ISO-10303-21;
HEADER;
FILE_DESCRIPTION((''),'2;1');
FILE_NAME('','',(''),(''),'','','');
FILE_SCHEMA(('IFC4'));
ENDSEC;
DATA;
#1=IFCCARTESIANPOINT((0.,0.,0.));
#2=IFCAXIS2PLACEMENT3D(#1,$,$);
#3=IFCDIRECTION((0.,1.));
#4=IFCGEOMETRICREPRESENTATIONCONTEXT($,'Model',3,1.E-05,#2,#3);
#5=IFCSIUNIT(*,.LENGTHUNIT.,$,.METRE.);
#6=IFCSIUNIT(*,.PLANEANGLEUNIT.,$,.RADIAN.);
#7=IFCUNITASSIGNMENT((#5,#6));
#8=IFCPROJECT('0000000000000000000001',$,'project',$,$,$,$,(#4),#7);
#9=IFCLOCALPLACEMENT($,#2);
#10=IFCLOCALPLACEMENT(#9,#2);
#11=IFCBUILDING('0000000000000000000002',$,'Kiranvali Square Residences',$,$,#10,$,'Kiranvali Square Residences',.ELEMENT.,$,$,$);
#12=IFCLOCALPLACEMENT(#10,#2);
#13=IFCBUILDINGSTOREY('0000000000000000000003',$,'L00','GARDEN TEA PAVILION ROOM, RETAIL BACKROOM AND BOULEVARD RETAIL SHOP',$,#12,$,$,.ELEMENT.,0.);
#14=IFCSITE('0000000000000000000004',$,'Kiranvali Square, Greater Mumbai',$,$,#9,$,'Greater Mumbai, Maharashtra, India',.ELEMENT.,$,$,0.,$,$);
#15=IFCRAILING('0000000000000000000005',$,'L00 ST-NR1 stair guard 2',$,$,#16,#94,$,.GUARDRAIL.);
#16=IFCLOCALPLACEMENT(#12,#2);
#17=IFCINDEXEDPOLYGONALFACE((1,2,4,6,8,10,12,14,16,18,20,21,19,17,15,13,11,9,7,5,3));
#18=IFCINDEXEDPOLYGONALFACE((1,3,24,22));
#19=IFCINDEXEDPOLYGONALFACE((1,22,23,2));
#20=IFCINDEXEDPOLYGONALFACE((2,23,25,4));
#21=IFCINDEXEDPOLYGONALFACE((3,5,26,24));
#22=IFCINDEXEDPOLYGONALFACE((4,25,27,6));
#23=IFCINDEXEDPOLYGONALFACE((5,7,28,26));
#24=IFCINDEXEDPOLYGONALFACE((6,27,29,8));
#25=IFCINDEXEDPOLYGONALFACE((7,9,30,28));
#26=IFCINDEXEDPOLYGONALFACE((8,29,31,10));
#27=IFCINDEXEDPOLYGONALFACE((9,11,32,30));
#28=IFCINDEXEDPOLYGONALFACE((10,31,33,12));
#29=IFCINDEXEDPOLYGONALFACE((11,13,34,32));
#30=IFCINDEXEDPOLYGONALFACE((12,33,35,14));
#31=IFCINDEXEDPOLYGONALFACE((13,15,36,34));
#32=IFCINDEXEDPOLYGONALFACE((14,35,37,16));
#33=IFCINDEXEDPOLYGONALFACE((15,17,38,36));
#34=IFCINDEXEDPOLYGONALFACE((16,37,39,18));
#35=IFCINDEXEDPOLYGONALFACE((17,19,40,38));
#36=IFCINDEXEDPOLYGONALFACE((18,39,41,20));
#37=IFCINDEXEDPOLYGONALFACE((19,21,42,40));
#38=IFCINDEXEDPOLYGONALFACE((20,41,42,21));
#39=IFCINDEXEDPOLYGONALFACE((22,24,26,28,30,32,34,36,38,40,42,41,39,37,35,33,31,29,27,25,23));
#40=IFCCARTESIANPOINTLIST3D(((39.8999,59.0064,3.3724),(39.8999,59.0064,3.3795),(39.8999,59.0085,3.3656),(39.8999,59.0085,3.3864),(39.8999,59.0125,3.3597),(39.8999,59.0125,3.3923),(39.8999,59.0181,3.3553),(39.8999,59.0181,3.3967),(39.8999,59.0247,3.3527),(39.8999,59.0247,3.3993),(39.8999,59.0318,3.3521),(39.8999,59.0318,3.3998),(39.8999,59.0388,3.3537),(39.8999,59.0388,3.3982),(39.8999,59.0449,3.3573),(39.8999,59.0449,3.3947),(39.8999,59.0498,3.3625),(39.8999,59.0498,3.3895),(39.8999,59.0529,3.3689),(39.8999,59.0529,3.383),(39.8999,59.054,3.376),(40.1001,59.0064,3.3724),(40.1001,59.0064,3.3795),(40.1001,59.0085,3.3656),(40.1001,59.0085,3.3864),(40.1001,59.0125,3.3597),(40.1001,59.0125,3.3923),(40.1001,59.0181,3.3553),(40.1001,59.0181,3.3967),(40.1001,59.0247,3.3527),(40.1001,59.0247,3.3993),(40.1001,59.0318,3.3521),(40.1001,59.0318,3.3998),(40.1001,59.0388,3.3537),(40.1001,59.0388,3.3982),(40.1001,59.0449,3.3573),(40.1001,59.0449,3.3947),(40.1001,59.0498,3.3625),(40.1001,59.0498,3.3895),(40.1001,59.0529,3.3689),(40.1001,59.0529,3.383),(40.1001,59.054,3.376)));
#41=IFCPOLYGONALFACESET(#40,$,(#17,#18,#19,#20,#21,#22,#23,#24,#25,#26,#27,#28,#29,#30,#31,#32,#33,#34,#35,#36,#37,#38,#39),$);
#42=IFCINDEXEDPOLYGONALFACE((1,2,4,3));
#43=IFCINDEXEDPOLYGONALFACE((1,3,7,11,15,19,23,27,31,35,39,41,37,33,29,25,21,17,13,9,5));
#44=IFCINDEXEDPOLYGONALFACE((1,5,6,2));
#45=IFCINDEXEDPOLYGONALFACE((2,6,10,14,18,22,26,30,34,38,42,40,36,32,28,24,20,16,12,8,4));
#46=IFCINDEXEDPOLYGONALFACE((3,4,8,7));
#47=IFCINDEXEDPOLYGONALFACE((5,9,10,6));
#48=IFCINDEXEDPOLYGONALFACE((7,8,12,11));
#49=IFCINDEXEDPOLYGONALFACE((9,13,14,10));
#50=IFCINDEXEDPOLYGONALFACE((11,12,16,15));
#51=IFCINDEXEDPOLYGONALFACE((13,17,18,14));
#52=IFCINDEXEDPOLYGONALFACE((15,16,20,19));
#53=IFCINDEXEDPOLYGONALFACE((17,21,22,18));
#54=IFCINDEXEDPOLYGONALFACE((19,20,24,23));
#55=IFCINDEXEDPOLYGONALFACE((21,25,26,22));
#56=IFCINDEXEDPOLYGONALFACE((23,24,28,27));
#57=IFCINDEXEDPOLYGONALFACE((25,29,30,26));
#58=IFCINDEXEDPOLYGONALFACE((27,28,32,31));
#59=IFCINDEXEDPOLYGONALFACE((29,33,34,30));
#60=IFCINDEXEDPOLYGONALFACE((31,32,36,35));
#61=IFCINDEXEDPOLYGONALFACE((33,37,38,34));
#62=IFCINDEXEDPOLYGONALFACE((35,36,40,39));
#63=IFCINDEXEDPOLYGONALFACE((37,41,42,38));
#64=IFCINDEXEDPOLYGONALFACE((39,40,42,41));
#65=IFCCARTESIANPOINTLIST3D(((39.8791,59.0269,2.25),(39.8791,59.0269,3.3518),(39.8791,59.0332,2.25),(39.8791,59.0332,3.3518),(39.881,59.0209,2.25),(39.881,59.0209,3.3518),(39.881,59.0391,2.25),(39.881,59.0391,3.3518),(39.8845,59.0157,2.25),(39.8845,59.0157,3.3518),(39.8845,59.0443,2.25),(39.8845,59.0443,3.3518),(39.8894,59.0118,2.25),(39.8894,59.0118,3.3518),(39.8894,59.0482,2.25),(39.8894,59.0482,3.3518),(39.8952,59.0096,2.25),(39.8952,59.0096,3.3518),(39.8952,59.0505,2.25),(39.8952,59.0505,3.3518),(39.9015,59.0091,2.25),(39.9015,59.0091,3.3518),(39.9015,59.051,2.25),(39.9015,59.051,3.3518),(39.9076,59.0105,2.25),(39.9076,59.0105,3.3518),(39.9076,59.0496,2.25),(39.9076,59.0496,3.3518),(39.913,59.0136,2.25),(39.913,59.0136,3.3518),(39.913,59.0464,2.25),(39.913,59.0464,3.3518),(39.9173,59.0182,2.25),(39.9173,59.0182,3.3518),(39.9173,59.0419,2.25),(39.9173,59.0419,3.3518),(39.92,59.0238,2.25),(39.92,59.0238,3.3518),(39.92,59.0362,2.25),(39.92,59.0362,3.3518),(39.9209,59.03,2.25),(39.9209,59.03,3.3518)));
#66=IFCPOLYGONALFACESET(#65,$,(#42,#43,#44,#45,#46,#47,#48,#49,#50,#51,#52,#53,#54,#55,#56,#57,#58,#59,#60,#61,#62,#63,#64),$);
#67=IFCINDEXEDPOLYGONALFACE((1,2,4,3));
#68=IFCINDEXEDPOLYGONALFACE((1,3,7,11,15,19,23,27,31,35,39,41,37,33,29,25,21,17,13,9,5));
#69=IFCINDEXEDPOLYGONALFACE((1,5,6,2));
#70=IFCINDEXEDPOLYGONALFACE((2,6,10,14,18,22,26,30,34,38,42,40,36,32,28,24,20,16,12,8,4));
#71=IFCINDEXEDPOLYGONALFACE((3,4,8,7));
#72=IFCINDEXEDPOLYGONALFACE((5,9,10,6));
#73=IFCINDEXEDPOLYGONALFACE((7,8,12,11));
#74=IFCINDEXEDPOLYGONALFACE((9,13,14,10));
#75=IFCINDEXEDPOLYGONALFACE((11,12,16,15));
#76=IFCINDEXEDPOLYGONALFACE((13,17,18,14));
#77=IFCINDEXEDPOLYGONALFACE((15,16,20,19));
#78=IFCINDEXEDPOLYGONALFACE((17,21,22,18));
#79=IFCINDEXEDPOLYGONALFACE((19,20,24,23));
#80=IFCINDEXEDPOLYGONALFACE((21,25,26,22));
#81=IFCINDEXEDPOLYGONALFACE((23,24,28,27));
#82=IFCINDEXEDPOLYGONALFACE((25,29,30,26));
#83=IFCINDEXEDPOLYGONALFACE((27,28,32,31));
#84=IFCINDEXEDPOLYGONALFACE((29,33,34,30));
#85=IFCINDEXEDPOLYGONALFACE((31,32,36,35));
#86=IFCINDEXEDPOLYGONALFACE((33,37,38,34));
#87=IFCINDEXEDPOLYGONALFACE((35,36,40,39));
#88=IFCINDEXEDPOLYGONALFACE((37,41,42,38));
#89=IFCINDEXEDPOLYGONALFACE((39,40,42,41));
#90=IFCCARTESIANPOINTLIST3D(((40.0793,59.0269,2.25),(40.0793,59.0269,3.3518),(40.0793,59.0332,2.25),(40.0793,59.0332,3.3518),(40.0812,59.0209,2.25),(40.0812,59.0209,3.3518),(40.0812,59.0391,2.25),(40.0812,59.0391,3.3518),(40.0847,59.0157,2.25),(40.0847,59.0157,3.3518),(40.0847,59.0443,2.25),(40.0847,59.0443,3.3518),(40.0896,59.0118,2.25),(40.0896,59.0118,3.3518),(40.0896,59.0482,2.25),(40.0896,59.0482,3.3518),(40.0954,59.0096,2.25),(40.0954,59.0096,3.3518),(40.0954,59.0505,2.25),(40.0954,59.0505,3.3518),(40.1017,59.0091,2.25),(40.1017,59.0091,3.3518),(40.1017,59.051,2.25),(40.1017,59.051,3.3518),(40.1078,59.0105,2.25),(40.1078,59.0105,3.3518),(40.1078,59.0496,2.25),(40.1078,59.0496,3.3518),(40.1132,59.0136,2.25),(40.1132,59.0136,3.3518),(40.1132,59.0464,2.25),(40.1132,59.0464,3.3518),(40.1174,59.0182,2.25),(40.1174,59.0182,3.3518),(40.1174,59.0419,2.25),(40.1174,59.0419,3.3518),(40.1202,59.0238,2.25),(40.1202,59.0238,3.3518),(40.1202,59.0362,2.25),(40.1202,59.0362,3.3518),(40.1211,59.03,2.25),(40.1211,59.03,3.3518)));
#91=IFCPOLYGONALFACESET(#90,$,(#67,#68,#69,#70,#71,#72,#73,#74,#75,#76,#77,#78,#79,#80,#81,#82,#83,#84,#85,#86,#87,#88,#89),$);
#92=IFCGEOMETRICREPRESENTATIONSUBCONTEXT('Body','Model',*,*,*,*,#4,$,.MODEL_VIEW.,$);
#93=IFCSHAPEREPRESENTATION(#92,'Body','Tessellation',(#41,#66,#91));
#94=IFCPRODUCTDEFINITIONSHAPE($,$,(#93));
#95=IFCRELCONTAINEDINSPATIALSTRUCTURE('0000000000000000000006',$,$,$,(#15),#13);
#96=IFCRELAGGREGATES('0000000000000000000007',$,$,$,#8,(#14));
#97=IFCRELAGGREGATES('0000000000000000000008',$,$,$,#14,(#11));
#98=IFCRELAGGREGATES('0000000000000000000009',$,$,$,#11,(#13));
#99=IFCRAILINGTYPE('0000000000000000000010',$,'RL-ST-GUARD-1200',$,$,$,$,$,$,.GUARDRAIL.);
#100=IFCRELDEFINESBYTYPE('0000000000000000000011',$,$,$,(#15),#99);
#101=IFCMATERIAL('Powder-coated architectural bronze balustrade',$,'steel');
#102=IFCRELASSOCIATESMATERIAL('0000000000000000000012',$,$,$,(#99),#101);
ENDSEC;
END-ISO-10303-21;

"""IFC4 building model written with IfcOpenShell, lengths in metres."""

from ifc_helpers import new_model, si_unit, direction, frame, origin, origin_2d, place, context, subcontext, project, spatial, circle, extrude, material, type_object, element, save


model = new_model("IFC4")

# Units and contexts
model_context = context("Model", 3, precision=1e-05, world=origin(), true_north=direction((0.0, 1.0)))
body_context = subcontext(model_context, "Body", "Model", "MODEL_VIEW")
ifc_project = project(units=[si_unit("LENGTHUNIT", "METRE"), si_unit("PLANEANGLEUNIT", "RADIAN")], contexts=[model_context])

# Site, building, storey
site_placement = place(None, origin())
site = spatial("IfcSite", under=ifc_project, at=site_placement, Name="Kiranvali Square, Greater Mumbai", LongName="Greater Mumbai, Maharashtra, India", CompositionType="ELEMENT", RefElevation=0.0)
building_placement = place(site_placement, origin())
building = spatial("IfcBuilding", under=site, at=building_placement, Name="Kiranvali Square Residences", LongName="Kiranvali Square Residences", CompositionType="ELEMENT")
storey_placement = place(building_placement, origin())
storey = spatial("IfcBuildingStorey", under=building, at=storey_placement, Name="L00", Description="GARDEN TEA PAVILION ROOM, RETAIL BACKROOM AND BOULEVARD RETAIL SHOP", CompositionType="ELEMENT", Elevation=0.0)

# Railing
ifc_material_1 = material(Name="Powder-coated architectural bronze balustrade", Category="steel")
railing_type_1 = type_object("IfcRailingType", Name="RL-ST-GUARD-1200", PredefinedType="GUARDRAIL", material=ifc_material_1)
railing_1_placement = place(storey_placement, frame((39.8999, 59.03, 2.25)))
element("IfcRailing", 1, at=railing_1_placement, inside=storey, type_object=railing_type_1, Name="L00 ST-NR1 stair guard 2", PredefinedType="GUARDRAIL", context=body_context, shape_type="SweptSolid", body=[
    extrude(circle(Radius=0.0239, at=origin_2d()), frame((0.0, 0.0, 1.126), z_axis=(1.0, 0.0, 0.0), x_axis=(0.0, 1.0, 0.0)), (0.0, 0.0, 1.0), 0.2002),
    extrude(circle(Radius=0.021, at=origin_2d()), origin(), (0.0, 0.0, 1.0), 1.1018),
    extrude(circle(Radius=0.021, at=origin_2d()), frame((0.2002, 0.0, 0.0)), (0.0, 0.0, 1.0), 1.1018),
])

save(model, "model.ifc")
